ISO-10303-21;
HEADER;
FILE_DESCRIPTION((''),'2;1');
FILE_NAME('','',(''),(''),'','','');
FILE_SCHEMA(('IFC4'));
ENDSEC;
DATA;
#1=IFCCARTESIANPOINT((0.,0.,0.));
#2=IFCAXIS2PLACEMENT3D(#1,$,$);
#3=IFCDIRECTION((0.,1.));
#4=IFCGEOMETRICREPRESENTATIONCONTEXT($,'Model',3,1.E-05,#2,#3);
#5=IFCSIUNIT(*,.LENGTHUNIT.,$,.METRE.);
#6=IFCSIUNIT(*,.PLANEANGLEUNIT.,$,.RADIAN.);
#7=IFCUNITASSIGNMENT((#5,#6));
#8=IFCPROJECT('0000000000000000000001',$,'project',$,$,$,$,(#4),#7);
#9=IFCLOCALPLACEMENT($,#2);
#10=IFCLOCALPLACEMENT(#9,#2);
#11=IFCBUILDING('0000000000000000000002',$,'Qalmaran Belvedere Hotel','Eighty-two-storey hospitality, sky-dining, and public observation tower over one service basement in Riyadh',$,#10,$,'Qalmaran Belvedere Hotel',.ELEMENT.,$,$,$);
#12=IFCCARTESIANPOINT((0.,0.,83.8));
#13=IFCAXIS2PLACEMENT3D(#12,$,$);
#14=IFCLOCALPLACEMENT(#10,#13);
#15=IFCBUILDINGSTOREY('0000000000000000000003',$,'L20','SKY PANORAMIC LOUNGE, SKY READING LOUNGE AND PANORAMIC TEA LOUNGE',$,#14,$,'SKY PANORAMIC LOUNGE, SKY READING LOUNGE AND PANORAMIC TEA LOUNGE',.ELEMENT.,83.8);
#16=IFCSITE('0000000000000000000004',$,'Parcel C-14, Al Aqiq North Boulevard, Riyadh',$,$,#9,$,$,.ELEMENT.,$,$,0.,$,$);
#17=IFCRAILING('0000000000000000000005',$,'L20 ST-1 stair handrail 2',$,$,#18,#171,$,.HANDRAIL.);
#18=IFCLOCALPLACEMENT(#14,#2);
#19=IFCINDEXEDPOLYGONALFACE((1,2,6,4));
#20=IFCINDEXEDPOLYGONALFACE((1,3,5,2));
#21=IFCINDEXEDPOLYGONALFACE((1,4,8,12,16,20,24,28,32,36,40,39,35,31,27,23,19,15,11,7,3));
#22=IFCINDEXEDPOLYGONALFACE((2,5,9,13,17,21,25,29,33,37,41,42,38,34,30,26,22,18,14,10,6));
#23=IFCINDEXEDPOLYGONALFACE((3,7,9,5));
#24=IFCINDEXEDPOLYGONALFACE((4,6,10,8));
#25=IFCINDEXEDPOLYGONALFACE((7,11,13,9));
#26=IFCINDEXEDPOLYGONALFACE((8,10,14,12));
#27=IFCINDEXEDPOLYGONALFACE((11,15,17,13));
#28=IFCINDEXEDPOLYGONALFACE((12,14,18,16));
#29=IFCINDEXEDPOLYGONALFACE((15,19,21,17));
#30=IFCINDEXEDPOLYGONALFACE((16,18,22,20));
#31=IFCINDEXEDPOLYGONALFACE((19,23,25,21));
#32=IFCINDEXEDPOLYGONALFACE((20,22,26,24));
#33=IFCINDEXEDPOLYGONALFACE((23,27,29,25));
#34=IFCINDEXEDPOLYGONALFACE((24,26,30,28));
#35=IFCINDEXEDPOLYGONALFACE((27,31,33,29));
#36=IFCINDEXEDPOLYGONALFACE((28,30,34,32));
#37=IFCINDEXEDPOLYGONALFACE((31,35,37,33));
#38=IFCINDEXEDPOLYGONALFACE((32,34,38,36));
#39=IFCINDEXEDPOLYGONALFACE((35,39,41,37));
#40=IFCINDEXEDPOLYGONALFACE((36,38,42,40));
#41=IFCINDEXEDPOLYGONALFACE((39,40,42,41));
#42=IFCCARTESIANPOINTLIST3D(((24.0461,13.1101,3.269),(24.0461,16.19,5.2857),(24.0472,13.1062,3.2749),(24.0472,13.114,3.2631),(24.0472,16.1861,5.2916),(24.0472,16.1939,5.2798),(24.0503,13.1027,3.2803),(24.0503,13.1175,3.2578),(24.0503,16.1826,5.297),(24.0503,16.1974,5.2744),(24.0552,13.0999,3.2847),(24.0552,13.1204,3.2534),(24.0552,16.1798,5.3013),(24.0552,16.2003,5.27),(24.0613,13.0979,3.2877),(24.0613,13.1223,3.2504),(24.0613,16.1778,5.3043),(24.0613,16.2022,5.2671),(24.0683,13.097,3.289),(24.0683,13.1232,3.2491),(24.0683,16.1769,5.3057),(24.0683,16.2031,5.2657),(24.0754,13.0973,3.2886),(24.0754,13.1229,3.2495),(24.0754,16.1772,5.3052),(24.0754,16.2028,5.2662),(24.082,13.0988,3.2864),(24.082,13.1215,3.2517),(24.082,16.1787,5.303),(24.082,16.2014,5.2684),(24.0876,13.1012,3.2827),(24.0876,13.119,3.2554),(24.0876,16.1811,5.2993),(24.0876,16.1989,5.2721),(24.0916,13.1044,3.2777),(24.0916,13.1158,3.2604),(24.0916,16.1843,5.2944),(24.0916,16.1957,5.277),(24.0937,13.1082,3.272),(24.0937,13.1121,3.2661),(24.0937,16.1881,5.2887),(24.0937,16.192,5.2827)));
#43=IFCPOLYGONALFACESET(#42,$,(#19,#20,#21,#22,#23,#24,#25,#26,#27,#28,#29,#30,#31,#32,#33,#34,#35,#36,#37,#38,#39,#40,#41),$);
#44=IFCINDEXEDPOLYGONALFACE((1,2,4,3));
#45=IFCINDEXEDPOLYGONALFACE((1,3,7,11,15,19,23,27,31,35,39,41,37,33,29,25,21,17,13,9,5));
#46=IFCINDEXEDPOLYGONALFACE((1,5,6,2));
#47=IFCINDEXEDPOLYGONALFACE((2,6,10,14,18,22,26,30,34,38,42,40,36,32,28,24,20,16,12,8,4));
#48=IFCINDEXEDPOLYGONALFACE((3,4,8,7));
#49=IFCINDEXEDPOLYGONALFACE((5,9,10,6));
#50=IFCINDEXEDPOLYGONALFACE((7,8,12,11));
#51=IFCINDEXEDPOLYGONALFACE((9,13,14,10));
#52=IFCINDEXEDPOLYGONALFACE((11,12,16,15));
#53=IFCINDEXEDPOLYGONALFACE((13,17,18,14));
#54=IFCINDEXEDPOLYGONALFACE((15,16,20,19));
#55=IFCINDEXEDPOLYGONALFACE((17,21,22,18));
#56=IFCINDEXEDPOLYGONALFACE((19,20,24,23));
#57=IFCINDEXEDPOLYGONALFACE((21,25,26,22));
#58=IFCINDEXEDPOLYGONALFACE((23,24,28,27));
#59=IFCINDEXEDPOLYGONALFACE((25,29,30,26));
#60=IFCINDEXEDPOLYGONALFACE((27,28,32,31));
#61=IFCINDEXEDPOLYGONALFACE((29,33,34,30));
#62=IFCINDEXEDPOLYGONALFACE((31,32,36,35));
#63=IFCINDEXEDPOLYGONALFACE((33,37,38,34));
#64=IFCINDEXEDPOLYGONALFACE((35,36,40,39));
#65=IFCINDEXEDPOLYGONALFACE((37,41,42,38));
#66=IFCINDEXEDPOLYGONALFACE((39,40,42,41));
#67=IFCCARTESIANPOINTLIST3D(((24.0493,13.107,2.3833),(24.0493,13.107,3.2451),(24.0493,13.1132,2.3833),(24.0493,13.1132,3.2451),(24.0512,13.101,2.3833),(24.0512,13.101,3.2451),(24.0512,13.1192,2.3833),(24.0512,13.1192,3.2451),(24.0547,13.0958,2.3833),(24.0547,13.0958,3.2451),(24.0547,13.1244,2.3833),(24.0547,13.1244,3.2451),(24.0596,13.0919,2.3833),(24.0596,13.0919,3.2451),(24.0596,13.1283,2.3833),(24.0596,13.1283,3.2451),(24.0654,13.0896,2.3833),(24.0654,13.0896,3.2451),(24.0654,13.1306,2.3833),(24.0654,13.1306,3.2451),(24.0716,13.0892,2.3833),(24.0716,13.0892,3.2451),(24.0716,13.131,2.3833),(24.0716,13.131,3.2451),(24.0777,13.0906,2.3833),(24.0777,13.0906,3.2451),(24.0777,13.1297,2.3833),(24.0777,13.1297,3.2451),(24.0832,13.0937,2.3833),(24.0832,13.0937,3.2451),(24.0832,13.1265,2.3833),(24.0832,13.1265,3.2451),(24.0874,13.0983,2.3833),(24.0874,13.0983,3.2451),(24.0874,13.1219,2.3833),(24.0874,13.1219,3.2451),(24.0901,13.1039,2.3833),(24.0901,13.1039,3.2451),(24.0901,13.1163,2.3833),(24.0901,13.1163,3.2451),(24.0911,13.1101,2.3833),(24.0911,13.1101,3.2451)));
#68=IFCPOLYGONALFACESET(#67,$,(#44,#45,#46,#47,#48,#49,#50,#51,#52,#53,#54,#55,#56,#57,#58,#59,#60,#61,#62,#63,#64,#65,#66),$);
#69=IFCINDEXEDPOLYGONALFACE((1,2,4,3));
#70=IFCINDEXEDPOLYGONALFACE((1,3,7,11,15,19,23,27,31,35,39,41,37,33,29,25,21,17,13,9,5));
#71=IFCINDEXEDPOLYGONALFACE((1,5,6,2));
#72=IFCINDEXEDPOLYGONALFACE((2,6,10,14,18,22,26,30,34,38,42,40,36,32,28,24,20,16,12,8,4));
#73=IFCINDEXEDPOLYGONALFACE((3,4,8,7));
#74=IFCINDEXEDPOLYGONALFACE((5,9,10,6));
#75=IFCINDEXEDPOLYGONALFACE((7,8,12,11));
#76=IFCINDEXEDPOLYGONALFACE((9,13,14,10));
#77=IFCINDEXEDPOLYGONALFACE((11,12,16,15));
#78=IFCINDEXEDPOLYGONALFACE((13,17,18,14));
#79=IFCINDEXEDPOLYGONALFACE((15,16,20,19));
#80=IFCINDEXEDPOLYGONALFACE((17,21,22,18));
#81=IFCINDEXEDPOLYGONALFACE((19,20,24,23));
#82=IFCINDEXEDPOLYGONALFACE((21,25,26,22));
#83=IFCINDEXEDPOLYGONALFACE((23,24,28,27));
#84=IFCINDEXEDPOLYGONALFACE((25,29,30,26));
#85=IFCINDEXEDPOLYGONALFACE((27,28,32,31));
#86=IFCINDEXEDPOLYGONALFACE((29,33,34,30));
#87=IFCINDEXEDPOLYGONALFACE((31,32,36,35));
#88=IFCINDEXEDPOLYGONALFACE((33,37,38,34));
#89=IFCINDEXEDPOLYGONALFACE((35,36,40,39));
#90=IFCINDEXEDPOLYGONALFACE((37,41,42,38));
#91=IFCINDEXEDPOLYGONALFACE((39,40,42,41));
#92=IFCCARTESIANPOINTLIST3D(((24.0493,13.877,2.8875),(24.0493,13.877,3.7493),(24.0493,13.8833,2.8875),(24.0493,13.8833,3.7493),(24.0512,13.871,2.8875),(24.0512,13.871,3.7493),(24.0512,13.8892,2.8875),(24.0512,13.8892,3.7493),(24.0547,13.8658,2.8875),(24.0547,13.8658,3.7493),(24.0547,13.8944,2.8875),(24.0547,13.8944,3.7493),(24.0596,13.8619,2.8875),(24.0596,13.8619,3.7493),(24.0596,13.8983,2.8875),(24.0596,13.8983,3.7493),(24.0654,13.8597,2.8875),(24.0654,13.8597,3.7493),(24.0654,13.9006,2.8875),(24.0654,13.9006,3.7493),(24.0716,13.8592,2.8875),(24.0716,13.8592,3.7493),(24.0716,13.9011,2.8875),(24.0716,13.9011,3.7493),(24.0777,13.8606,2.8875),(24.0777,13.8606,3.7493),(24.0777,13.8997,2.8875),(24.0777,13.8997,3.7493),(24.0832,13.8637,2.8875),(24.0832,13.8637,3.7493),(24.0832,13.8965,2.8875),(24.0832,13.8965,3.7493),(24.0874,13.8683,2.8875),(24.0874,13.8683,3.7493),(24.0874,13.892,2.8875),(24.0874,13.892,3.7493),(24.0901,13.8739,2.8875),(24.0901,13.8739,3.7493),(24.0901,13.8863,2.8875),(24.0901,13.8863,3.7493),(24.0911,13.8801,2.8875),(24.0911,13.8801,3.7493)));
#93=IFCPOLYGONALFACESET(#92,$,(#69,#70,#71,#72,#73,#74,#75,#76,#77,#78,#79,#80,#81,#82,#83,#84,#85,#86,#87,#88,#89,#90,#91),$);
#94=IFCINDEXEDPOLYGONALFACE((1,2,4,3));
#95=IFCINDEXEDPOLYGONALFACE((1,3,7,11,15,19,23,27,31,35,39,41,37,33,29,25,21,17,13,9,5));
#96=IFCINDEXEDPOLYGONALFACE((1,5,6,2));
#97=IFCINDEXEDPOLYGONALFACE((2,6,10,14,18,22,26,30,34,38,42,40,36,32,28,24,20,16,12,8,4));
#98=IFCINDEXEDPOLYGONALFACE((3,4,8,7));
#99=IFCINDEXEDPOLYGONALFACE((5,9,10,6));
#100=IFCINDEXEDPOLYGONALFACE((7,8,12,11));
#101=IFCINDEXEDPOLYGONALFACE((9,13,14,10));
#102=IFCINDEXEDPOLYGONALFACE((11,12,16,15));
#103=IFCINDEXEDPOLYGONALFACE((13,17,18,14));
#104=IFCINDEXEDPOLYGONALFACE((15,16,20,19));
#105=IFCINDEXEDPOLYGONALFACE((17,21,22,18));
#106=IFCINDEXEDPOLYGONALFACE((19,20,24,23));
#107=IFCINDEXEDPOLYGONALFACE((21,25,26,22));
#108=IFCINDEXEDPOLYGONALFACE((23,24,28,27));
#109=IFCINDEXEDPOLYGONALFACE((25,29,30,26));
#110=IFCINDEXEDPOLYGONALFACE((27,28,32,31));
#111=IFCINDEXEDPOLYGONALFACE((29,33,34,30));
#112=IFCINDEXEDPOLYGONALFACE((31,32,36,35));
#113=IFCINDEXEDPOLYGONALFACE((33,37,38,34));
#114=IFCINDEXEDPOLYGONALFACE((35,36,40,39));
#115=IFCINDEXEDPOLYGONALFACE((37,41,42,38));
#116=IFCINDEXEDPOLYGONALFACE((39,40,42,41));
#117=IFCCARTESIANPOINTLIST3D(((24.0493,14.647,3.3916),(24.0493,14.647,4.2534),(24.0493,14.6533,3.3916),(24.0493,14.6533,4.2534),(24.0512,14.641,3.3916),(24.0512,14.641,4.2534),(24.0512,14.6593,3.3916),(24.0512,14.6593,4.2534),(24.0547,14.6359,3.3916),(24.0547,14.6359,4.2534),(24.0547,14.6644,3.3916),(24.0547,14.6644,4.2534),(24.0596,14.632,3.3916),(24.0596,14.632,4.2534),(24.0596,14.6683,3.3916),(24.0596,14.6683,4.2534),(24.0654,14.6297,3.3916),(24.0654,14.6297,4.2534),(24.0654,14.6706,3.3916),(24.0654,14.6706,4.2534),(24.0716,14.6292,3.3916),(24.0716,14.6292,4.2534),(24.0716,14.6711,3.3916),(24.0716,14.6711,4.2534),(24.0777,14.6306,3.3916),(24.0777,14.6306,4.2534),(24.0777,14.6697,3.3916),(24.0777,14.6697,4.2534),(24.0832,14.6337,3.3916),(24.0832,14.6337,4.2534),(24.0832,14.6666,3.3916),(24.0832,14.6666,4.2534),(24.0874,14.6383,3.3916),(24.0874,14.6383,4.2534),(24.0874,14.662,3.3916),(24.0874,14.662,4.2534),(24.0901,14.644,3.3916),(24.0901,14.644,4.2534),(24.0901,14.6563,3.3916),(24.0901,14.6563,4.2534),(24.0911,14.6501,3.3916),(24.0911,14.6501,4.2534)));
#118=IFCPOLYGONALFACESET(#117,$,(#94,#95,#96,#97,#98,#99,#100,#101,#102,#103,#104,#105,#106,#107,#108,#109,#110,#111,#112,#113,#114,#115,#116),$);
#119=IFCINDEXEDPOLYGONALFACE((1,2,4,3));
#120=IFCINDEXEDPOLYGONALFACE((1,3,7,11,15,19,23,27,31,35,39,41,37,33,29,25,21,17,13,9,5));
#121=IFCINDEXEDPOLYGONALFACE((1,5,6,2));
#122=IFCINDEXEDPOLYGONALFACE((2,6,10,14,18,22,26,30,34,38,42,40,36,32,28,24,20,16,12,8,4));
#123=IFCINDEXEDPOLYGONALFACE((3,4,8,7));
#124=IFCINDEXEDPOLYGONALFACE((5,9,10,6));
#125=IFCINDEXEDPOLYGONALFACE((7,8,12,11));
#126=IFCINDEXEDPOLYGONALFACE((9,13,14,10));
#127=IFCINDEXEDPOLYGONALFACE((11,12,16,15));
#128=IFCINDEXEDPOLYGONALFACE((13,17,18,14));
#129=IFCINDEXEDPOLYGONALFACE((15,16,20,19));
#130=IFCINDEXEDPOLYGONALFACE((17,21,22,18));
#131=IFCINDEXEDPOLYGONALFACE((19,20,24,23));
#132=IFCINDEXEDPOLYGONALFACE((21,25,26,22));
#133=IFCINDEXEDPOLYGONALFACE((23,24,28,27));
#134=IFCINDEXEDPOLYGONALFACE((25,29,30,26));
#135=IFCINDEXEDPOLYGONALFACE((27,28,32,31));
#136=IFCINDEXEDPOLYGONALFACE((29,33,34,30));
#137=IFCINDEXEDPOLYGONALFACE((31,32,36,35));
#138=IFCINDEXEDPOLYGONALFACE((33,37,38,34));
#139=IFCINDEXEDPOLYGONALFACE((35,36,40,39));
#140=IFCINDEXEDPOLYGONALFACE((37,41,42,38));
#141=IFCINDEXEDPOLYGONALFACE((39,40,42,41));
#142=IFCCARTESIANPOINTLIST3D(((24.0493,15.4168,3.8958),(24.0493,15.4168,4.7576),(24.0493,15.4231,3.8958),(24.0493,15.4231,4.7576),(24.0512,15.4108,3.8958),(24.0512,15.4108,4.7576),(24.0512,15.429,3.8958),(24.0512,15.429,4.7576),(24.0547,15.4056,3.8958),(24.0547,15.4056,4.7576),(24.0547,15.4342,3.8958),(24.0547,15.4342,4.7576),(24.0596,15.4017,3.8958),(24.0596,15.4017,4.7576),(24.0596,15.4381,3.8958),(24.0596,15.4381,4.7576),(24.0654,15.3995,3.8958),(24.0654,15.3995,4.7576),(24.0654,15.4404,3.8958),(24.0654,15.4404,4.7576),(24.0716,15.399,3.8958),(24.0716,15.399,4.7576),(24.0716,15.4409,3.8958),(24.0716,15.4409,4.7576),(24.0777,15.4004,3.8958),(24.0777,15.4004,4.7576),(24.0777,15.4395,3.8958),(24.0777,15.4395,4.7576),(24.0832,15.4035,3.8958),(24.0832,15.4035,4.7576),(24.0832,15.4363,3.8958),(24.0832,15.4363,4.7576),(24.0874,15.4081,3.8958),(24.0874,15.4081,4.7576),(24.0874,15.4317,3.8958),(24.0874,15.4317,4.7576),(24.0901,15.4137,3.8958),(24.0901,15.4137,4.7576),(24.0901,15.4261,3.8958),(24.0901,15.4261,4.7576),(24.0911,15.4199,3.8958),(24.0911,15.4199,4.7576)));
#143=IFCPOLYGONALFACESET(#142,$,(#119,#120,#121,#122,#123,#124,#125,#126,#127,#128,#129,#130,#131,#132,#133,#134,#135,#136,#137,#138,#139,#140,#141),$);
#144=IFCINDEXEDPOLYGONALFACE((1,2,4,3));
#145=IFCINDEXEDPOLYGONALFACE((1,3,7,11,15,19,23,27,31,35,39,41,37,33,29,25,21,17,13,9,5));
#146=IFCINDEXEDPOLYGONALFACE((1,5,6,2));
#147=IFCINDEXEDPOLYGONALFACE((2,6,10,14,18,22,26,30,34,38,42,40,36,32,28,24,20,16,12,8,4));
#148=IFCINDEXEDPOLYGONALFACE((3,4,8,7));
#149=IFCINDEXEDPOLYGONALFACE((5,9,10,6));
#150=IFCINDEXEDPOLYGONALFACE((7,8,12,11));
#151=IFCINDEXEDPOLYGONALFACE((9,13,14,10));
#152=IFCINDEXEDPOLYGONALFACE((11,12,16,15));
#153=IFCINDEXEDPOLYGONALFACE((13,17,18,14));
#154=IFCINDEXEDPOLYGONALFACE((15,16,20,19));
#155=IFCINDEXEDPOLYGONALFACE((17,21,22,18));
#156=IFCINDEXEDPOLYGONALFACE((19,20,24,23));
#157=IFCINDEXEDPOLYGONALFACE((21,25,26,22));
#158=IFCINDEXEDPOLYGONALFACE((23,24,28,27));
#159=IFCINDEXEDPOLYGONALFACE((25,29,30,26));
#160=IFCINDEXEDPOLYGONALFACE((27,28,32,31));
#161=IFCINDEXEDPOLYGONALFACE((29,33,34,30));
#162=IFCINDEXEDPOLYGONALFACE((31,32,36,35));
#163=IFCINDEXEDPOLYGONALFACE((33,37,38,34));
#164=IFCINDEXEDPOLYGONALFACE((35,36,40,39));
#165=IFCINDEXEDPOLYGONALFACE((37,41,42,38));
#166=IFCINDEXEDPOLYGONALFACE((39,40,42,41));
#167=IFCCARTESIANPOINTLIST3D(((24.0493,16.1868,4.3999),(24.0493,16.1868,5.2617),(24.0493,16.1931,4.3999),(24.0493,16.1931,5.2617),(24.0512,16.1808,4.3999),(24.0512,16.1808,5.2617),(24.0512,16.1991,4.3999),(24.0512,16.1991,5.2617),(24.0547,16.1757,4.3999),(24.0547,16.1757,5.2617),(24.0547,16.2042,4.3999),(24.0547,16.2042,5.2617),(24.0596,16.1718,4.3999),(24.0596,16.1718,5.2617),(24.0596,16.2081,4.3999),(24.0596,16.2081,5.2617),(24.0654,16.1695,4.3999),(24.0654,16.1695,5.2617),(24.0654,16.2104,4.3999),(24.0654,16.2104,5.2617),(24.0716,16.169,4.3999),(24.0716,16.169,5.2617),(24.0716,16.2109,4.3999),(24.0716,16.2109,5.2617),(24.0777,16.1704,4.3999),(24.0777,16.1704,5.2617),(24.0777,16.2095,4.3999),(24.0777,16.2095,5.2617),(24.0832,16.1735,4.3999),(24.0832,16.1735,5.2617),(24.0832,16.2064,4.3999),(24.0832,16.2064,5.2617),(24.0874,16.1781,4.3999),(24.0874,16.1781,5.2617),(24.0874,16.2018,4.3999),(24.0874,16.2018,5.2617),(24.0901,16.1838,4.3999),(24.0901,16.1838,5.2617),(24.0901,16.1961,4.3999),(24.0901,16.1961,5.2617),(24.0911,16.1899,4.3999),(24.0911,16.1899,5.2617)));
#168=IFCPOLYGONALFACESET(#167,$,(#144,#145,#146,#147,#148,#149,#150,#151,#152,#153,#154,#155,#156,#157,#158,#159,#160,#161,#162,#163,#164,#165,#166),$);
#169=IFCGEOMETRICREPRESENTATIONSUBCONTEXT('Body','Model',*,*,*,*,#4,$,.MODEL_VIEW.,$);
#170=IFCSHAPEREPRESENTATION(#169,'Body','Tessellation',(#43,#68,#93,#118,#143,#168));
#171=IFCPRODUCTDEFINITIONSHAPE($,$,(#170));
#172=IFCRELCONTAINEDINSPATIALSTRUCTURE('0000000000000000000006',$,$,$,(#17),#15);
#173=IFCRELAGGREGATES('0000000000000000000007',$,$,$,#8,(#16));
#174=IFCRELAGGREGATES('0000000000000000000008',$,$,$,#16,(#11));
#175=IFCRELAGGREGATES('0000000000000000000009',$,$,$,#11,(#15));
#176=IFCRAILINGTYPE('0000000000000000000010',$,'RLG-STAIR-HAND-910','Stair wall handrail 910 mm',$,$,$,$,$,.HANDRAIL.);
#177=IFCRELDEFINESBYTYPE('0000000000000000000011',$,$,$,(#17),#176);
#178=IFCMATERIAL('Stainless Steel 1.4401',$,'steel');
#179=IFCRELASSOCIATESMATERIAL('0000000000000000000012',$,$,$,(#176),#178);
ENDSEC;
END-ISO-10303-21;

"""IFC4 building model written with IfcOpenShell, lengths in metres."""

from ifc_helpers import new_model, si_unit, direction, frame, origin, origin_2d, place, context, subcontext, project, spatial, circle, extrude, material, type_object, element, save


model = new_model("IFC4")

# Units and contexts
model_context = context("Model", 3, precision=1e-05, world=origin(), true_north=direction((0.0, 1.0)))
body_context = subcontext(model_context, "Body", "Model", "MODEL_VIEW")
ifc_project = project(units=[si_unit("LENGTHUNIT", "METRE"), si_unit("PLANEANGLEUNIT", "RADIAN")], contexts=[model_context])

# Site, building, storey
site_placement = place(None, origin())
site = spatial("IfcSite", under=ifc_project, at=site_placement, Name="Parcel C-14, Al Aqiq North Boulevard, Riyadh", CompositionType="ELEMENT", RefElevation=0.0)
building_placement = place(site_placement, origin())
building = spatial("IfcBuilding", under=site, at=building_placement, Name="Qalmaran Belvedere Hotel", Description="Eighty-two-storey hospitality, sky-dining, and public observation tower over one service basement in Riyadh", LongName="Qalmaran Belvedere Hotel", CompositionType="ELEMENT")
storey_placement = place(building_placement, frame((0.0, 0.0, 83.8)))
storey = spatial("IfcBuildingStorey", under=building, at=storey_placement, Name="L20", Description="SKY PANORAMIC LOUNGE, SKY READING LOUNGE AND PANORAMIC TEA LOUNGE", LongName="SKY PANORAMIC LOUNGE, SKY READING LOUNGE AND PANORAMIC TEA LOUNGE", CompositionType="ELEMENT", Elevation=83.8)

# Railing
ifc_material_1 = material(Name="Stainless Steel 1.4401", Category="steel")
railing_type_1 = type_object("IfcRailingType", Name="RLG-STAIR-HAND-910", Description="Stair wall handrail 910 mm", PredefinedType="HANDRAIL", material=ifc_material_1)
railing_1_placement = place(storey_placement, frame((24.0701, 13.1101, 2.3833)))
element("IfcRailing", 1, at=railing_1_placement, inside=storey, type_object=railing_type_1, Name="L20 ST-1 stair handrail 2", PredefinedType="HANDRAIL", context=body_context, shape_type="SweptSolid", body=[
    extrude(circle(Radius=0.0239, at=origin_2d()), frame((0.0, 0.0, 0.8857), z_axis=(0.0, 0.836613, 0.547794), x_axis=(-1.0, 0.0, 0.0)), (0.0, 0.0, 1.0), 3.6814),
    extrude(circle(Radius=0.021, at=origin_2d()), origin(), (0.0, 0.0, 1.0), 0.8618),
    extrude(circle(Radius=0.021, at=origin_2d()), frame((0.0, 0.77, 0.5042)), (0.0, 0.0, 1.0), 0.8618),
    extrude(circle(Radius=0.021, at=origin_2d()), frame((0.0, 1.54, 1.0083)), (0.0, 0.0, 1.0), 0.8618),
    extrude(circle(Radius=0.021, at=origin_2d()), frame((0.0, 2.3098, 1.5125)), (0.0, 0.0, 1.0), 0.8618),
    extrude(circle(Radius=0.021, at=origin_2d()), frame((0.0, 3.0798, 2.0166)), (0.0, 0.0, 1.0), 0.8618),
])

save(model, "model.ifc")
